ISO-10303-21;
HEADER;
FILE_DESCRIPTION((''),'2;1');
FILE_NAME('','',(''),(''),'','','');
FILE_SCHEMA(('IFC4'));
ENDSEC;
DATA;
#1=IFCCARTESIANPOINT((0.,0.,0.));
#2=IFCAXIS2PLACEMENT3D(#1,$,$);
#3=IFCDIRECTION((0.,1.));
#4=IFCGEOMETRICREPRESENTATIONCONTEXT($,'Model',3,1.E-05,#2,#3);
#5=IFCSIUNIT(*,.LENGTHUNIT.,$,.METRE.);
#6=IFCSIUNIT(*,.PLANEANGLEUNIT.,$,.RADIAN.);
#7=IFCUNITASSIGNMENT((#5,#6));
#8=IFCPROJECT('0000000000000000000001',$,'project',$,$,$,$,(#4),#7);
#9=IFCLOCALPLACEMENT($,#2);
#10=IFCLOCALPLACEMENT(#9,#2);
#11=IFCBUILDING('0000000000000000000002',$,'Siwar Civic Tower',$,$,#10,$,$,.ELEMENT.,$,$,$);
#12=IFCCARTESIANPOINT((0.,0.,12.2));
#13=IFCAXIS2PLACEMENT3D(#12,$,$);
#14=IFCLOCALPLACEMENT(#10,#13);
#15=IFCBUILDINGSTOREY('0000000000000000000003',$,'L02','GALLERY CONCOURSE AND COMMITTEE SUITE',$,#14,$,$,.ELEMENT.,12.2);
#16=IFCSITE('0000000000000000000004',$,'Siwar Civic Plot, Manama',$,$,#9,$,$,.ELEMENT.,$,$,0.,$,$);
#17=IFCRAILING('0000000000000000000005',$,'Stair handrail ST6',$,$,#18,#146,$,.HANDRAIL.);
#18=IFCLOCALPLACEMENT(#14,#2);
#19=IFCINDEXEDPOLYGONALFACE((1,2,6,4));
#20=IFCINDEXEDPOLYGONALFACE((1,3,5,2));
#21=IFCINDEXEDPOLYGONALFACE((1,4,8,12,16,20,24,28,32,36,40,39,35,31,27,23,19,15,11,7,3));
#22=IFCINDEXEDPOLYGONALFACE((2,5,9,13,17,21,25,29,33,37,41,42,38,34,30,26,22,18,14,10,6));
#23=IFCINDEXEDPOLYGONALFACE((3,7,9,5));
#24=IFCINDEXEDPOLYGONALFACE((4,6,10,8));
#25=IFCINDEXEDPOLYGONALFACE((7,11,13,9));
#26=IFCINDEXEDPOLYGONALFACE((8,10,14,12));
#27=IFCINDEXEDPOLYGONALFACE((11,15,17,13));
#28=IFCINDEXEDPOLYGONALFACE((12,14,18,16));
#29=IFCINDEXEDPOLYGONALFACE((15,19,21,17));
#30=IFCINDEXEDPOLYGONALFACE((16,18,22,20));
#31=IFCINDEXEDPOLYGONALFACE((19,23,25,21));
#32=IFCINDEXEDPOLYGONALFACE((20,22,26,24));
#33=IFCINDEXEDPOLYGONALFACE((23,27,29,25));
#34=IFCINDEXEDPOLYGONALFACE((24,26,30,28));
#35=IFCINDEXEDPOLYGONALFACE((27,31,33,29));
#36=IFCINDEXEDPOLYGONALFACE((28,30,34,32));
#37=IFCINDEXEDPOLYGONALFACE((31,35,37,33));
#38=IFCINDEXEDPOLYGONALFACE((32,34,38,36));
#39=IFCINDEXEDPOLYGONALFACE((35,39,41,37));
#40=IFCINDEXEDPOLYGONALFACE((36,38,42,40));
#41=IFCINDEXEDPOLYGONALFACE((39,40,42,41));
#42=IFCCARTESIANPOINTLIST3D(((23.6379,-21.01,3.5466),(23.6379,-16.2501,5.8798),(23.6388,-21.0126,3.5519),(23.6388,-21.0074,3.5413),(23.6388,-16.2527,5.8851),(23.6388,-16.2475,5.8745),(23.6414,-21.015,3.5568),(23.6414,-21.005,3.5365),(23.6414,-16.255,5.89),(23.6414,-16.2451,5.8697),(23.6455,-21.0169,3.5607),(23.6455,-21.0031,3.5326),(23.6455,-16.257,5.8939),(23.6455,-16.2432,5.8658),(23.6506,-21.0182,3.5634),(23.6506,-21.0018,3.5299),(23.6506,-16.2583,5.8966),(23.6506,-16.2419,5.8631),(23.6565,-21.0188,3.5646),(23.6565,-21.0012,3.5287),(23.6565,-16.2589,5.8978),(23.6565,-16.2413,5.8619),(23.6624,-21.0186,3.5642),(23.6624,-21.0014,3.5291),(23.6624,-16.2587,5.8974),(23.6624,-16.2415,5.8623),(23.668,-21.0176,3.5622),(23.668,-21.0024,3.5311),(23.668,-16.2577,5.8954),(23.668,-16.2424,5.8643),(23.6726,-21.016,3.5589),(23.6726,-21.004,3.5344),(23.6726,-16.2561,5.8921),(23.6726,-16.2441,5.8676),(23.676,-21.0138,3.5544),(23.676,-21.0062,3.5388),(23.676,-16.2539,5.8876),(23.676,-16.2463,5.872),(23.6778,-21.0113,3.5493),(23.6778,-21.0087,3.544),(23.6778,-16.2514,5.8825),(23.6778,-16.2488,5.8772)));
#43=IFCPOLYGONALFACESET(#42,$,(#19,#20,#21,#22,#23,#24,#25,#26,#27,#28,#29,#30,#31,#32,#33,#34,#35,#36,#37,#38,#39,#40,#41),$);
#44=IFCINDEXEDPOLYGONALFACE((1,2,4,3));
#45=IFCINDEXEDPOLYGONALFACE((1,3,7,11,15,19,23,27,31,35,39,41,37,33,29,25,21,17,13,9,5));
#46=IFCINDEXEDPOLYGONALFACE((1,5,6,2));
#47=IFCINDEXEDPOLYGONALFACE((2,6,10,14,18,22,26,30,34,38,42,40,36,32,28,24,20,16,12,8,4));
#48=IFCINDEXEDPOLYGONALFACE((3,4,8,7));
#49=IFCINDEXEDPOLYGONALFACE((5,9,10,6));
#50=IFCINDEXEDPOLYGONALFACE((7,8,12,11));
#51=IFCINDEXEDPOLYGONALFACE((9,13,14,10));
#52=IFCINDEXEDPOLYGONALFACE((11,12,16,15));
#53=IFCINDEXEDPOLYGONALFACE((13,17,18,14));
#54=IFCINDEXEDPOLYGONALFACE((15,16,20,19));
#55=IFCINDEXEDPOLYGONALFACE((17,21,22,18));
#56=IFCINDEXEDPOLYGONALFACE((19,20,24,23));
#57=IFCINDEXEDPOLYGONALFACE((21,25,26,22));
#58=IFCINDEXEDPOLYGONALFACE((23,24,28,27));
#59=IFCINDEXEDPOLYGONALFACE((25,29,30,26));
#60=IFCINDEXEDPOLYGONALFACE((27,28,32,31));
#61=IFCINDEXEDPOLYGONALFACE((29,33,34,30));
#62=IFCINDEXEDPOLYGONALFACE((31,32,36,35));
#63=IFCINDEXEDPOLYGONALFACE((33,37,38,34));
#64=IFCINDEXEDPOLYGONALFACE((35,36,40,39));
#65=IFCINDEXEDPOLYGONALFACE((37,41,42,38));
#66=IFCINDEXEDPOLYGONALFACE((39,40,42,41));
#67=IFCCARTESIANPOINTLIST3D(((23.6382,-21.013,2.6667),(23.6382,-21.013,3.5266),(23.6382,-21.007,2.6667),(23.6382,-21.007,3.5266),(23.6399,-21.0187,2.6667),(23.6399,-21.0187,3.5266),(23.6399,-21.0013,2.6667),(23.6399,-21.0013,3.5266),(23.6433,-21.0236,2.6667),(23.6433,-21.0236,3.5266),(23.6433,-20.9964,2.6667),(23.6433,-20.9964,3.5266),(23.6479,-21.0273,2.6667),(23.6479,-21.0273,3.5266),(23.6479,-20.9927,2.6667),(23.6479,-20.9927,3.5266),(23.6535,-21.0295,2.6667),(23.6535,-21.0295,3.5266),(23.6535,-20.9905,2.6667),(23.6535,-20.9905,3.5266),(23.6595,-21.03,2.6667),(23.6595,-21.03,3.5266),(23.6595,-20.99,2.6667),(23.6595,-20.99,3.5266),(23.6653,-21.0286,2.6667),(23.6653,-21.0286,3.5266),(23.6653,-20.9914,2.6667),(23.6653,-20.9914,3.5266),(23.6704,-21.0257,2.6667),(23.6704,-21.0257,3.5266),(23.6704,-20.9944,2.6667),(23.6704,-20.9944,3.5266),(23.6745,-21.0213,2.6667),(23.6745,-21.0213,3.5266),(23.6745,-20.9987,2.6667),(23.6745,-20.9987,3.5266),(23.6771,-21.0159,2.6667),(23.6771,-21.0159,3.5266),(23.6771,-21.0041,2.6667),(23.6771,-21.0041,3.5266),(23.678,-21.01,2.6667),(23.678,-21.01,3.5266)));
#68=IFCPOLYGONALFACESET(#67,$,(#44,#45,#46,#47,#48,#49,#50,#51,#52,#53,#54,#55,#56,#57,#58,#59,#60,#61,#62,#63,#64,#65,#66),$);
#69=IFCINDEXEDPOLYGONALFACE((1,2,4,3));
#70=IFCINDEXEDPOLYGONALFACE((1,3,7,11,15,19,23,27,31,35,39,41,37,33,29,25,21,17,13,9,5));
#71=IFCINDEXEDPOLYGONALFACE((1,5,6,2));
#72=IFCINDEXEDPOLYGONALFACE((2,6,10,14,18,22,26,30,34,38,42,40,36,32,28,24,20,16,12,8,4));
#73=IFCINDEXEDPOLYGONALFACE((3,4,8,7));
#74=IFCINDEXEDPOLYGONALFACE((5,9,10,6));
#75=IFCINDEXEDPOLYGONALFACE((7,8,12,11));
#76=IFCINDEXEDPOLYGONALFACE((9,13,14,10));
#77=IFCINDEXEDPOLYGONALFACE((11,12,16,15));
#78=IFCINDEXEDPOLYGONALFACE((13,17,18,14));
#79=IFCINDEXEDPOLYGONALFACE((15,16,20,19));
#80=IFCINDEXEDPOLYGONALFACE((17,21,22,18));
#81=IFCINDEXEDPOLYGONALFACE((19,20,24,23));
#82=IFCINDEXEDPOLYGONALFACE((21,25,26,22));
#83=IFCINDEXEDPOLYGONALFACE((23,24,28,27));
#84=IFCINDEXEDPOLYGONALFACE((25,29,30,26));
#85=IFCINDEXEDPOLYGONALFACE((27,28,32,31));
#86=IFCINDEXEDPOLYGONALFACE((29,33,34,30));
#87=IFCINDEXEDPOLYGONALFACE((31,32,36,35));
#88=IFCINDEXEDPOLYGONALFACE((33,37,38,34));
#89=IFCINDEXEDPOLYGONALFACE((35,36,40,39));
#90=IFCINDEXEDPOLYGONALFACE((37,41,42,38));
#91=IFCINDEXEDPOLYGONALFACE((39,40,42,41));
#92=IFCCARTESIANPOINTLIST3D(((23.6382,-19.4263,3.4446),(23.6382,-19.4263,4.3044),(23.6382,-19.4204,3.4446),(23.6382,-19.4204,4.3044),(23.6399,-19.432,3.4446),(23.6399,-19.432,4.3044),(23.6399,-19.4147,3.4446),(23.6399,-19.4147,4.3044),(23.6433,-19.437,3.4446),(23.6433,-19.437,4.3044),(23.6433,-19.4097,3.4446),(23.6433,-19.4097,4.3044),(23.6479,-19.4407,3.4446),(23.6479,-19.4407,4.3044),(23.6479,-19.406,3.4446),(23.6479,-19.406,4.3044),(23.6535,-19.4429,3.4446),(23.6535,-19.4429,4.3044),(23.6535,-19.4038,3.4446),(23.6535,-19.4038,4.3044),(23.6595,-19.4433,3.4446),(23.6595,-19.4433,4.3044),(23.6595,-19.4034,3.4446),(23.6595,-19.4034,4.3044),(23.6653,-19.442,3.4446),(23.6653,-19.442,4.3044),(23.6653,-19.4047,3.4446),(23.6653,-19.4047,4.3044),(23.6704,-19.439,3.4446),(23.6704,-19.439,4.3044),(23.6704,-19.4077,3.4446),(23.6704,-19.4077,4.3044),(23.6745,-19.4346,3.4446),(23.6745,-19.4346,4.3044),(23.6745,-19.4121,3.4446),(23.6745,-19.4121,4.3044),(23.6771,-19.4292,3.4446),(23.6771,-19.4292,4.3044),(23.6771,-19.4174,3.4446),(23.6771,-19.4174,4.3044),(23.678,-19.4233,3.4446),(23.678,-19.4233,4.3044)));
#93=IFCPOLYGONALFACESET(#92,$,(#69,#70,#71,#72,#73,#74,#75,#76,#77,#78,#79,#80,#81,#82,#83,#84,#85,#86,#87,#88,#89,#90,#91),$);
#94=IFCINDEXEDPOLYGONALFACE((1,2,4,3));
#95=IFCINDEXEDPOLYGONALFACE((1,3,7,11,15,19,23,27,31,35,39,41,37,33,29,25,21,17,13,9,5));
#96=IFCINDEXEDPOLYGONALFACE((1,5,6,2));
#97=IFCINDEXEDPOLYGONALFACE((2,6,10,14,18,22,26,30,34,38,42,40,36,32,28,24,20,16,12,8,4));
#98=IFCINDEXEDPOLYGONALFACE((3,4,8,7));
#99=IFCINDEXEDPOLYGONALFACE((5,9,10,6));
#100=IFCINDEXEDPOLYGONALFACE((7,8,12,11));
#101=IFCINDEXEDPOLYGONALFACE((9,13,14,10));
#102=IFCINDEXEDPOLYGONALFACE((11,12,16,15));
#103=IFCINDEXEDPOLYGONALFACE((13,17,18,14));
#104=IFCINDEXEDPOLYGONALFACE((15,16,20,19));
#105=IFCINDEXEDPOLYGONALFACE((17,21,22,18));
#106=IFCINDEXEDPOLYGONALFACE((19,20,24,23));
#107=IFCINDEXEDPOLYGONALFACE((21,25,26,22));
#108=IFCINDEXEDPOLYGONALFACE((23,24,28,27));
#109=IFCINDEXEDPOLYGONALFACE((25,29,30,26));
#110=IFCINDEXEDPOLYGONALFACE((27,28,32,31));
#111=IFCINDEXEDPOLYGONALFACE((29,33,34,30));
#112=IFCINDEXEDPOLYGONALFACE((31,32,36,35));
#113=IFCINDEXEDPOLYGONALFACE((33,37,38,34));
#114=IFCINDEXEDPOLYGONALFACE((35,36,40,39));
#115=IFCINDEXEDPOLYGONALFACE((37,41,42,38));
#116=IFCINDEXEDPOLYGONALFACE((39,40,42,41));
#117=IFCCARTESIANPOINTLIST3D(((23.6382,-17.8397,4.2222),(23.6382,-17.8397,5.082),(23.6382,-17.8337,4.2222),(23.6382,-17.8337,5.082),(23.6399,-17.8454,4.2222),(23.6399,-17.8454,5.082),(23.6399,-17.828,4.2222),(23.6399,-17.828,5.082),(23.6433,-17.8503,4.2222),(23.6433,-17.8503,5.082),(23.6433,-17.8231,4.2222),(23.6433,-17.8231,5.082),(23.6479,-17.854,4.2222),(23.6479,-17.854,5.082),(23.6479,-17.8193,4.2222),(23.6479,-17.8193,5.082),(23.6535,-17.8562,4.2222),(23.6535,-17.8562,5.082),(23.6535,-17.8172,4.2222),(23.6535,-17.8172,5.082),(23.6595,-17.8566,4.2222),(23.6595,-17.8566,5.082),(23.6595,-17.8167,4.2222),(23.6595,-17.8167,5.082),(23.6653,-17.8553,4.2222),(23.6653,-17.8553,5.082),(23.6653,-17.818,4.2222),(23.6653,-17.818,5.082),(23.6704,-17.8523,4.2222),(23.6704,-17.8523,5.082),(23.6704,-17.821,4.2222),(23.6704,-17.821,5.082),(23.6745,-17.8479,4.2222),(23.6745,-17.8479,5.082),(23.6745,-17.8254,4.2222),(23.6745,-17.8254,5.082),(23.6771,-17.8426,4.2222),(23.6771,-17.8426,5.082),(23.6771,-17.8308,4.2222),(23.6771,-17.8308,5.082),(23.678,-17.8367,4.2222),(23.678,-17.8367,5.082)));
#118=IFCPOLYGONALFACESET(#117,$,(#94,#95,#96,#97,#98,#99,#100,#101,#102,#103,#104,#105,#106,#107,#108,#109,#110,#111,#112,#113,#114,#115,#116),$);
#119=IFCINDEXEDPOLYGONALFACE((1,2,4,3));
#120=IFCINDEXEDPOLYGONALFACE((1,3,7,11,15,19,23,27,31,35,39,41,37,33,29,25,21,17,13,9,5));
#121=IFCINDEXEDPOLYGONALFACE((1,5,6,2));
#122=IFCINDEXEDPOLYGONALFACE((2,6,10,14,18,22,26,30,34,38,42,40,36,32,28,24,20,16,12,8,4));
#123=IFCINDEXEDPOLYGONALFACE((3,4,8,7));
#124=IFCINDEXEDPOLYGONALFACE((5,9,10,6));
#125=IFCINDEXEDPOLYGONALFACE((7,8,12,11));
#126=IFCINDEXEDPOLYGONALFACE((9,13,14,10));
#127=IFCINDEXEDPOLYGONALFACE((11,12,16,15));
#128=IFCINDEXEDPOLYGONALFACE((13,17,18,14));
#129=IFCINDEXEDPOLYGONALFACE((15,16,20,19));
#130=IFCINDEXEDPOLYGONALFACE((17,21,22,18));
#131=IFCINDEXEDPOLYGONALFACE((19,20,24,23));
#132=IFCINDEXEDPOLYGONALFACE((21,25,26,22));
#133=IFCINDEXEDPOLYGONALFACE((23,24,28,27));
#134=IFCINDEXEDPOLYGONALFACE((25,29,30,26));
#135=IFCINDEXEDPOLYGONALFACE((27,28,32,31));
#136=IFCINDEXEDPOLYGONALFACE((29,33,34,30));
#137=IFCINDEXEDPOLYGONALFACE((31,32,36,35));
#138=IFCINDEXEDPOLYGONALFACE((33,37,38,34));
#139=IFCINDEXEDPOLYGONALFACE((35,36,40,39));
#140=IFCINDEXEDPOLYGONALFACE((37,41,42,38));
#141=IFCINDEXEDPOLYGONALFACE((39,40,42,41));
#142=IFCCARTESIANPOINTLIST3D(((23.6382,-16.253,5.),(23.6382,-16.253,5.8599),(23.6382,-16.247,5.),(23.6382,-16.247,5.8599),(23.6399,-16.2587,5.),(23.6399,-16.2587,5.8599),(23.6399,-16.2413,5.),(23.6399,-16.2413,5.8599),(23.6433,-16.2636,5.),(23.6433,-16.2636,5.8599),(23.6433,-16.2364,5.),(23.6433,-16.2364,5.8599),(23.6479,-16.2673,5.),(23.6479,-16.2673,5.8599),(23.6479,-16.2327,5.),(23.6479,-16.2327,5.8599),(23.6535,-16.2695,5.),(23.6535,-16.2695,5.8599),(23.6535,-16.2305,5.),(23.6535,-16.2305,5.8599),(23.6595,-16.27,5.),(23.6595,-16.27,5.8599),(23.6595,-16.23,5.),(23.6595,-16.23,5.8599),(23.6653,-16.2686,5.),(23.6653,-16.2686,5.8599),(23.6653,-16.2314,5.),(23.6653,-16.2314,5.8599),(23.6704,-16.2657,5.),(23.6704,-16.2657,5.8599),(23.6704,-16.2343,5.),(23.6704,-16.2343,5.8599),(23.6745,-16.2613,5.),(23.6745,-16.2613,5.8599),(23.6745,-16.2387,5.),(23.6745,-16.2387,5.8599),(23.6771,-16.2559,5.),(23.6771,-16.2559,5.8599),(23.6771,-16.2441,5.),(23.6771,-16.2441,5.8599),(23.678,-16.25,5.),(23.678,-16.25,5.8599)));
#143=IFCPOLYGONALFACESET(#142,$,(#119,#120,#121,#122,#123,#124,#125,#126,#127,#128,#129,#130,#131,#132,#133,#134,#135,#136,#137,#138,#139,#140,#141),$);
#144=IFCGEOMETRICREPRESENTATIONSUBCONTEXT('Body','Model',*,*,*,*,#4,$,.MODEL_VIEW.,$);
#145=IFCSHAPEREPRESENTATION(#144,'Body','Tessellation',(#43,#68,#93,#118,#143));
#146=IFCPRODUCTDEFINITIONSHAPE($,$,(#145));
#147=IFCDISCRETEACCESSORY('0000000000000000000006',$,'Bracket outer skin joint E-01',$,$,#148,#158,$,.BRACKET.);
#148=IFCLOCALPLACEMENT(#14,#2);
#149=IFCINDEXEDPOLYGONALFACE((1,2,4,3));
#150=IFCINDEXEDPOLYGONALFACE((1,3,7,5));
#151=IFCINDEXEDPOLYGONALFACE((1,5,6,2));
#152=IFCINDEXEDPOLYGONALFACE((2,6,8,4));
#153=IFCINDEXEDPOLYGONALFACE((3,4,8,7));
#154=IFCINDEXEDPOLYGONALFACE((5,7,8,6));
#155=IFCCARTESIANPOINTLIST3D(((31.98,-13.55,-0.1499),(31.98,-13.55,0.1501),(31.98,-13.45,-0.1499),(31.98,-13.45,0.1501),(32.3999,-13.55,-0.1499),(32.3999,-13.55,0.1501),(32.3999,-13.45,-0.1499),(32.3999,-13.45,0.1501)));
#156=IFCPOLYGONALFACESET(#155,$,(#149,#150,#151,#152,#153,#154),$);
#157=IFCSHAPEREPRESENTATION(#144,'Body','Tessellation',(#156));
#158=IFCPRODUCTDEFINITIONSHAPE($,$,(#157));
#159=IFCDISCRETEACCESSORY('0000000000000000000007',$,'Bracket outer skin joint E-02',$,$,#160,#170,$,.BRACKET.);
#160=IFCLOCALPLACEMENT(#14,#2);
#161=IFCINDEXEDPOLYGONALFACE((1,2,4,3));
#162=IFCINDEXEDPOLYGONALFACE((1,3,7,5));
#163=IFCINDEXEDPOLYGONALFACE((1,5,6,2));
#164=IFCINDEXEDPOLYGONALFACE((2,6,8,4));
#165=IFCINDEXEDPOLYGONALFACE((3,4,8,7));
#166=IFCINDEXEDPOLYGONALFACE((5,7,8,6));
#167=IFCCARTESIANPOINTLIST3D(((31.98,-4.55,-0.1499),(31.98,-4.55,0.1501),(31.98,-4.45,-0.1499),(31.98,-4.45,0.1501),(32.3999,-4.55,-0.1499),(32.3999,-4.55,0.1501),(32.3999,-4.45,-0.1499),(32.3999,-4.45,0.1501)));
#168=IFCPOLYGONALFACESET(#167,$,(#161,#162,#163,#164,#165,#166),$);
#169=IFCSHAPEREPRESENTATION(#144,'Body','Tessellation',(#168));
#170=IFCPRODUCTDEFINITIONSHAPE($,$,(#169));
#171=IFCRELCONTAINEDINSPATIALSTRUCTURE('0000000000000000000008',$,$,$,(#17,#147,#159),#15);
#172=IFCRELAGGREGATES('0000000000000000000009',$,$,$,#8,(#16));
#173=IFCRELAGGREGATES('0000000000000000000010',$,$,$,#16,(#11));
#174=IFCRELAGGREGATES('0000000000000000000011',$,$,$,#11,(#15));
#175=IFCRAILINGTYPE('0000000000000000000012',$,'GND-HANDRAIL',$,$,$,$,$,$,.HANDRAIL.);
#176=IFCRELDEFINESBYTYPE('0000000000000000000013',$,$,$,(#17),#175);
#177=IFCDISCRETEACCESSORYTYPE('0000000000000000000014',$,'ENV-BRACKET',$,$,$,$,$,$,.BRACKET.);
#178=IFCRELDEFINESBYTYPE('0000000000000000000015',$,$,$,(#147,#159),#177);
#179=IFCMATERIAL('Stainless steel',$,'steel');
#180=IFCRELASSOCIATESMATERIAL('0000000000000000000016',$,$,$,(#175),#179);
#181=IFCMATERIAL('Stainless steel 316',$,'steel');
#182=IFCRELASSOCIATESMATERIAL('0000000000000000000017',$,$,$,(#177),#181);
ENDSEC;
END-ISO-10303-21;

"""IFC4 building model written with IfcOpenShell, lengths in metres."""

from ifc_helpers import new_model, si_unit, direction, frame, origin, origin_2d, place, context, subcontext, project, spatial, rectangle, circle, extrude, material, type_object, element, save


model = new_model("IFC4")

# Units and contexts
model_context = context("Model", 3, precision=1e-05, world=origin(), true_north=direction((0.0, 1.0)))
body_context = subcontext(model_context, "Body", "Model", "MODEL_VIEW")
ifc_project = project(units=[si_unit("LENGTHUNIT", "METRE"), si_unit("PLANEANGLEUNIT", "RADIAN")], contexts=[model_context])

# Site, building, storey
site_placement = place(None, origin())
site = spatial("IfcSite", under=ifc_project, at=site_placement, Name="Siwar Civic Plot, Manama", CompositionType="ELEMENT", RefElevation=0.0)
building_placement = place(site_placement, origin())
building = spatial("IfcBuilding", under=site, at=building_placement, Name="Siwar Civic Tower", CompositionType="ELEMENT")
storey_placement = place(building_placement, frame((0.0, 0.0, 12.2)))
storey = spatial("IfcBuildingStorey", under=building, at=storey_placement, Name="L02", Description="GALLERY CONCOURSE AND COMMITTEE SUITE", CompositionType="ELEMENT", Elevation=12.2)

# Railing
ifc_material_1 = material(Name="Stainless steel", Category="steel")
railing_type = type_object("IfcRailingType", Name="GND-HANDRAIL", PredefinedType="HANDRAIL", material=ifc_material_1)
railing_1_placement = place(storey_placement, frame((23.658, -21.01, 2.6667)))
element("IfcRailing", 1, at=railing_1_placement, inside=storey, type_object=railing_type, Name="Stair handrail ST6", PredefinedType="HANDRAIL", context=body_context, shape_type="SweptSolid", body=[
    extrude(circle(Radius=0.02, at=origin_2d()), frame((0.0, 0.0, 0.8799), z_axis=(0.0, 0.897927, 0.440144), x_axis=(-1.0, 0.0, 0.0)), (0.0, 0.0, 1.0), 5.301),
    extrude(circle(Radius=0.02, at=origin_2d()), origin(), (0.0, 0.0, 1.0), 0.8599),
    extrude(circle(Radius=0.02, at=origin_2d()), frame((0.0, 1.5867, 0.7778)), (0.0, 0.0, 1.0), 0.8599),
    extrude(circle(Radius=0.02, at=origin_2d()), frame((0.0, 3.1733, 1.5554)), (0.0, 0.0, 1.0), 0.8599),
    extrude(circle(Radius=0.02, at=origin_2d()), frame((0.0, 4.76, 2.3333)), (0.0, 0.0, 1.0), 0.8599),
])

# Discrete accessories
ifc_material_2 = material(Name="Stainless steel 316", Category="steel")
discrete_accessory_type = type_object("IfcDiscreteAccessoryType", Name="ENV-BRACKET", PredefinedType="BRACKET", material=ifc_material_2)
for number, where, z_axis, x_axis, name in (
    (2, (32.1899, -13.5, -0.1499), (0.0, 0.0, 1.0), (1.0, 0.0, 0.0), "Bracket outer skin joint E-01"),
    (3, (32.1899, -4.5, -0.1499), (0.0, 0.0, 1.0), (1.0, 0.0, 0.0), "Bracket outer skin joint E-02"),
):
    element("IfcDiscreteAccessory", number, at=place(storey_placement, frame(where, z_axis=z_axis, x_axis=x_axis)), inside=storey, type_object=discrete_accessory_type, Name=name, PredefinedType="BRACKET", context=body_context, shape_type="SweptSolid", body=[
        extrude(rectangle(XDim=0.4199, YDim=0.1001, at=origin_2d()), origin(), (0.0, 0.0, 1.0), 0.3),
    ])

save(model, "model.ifc")
